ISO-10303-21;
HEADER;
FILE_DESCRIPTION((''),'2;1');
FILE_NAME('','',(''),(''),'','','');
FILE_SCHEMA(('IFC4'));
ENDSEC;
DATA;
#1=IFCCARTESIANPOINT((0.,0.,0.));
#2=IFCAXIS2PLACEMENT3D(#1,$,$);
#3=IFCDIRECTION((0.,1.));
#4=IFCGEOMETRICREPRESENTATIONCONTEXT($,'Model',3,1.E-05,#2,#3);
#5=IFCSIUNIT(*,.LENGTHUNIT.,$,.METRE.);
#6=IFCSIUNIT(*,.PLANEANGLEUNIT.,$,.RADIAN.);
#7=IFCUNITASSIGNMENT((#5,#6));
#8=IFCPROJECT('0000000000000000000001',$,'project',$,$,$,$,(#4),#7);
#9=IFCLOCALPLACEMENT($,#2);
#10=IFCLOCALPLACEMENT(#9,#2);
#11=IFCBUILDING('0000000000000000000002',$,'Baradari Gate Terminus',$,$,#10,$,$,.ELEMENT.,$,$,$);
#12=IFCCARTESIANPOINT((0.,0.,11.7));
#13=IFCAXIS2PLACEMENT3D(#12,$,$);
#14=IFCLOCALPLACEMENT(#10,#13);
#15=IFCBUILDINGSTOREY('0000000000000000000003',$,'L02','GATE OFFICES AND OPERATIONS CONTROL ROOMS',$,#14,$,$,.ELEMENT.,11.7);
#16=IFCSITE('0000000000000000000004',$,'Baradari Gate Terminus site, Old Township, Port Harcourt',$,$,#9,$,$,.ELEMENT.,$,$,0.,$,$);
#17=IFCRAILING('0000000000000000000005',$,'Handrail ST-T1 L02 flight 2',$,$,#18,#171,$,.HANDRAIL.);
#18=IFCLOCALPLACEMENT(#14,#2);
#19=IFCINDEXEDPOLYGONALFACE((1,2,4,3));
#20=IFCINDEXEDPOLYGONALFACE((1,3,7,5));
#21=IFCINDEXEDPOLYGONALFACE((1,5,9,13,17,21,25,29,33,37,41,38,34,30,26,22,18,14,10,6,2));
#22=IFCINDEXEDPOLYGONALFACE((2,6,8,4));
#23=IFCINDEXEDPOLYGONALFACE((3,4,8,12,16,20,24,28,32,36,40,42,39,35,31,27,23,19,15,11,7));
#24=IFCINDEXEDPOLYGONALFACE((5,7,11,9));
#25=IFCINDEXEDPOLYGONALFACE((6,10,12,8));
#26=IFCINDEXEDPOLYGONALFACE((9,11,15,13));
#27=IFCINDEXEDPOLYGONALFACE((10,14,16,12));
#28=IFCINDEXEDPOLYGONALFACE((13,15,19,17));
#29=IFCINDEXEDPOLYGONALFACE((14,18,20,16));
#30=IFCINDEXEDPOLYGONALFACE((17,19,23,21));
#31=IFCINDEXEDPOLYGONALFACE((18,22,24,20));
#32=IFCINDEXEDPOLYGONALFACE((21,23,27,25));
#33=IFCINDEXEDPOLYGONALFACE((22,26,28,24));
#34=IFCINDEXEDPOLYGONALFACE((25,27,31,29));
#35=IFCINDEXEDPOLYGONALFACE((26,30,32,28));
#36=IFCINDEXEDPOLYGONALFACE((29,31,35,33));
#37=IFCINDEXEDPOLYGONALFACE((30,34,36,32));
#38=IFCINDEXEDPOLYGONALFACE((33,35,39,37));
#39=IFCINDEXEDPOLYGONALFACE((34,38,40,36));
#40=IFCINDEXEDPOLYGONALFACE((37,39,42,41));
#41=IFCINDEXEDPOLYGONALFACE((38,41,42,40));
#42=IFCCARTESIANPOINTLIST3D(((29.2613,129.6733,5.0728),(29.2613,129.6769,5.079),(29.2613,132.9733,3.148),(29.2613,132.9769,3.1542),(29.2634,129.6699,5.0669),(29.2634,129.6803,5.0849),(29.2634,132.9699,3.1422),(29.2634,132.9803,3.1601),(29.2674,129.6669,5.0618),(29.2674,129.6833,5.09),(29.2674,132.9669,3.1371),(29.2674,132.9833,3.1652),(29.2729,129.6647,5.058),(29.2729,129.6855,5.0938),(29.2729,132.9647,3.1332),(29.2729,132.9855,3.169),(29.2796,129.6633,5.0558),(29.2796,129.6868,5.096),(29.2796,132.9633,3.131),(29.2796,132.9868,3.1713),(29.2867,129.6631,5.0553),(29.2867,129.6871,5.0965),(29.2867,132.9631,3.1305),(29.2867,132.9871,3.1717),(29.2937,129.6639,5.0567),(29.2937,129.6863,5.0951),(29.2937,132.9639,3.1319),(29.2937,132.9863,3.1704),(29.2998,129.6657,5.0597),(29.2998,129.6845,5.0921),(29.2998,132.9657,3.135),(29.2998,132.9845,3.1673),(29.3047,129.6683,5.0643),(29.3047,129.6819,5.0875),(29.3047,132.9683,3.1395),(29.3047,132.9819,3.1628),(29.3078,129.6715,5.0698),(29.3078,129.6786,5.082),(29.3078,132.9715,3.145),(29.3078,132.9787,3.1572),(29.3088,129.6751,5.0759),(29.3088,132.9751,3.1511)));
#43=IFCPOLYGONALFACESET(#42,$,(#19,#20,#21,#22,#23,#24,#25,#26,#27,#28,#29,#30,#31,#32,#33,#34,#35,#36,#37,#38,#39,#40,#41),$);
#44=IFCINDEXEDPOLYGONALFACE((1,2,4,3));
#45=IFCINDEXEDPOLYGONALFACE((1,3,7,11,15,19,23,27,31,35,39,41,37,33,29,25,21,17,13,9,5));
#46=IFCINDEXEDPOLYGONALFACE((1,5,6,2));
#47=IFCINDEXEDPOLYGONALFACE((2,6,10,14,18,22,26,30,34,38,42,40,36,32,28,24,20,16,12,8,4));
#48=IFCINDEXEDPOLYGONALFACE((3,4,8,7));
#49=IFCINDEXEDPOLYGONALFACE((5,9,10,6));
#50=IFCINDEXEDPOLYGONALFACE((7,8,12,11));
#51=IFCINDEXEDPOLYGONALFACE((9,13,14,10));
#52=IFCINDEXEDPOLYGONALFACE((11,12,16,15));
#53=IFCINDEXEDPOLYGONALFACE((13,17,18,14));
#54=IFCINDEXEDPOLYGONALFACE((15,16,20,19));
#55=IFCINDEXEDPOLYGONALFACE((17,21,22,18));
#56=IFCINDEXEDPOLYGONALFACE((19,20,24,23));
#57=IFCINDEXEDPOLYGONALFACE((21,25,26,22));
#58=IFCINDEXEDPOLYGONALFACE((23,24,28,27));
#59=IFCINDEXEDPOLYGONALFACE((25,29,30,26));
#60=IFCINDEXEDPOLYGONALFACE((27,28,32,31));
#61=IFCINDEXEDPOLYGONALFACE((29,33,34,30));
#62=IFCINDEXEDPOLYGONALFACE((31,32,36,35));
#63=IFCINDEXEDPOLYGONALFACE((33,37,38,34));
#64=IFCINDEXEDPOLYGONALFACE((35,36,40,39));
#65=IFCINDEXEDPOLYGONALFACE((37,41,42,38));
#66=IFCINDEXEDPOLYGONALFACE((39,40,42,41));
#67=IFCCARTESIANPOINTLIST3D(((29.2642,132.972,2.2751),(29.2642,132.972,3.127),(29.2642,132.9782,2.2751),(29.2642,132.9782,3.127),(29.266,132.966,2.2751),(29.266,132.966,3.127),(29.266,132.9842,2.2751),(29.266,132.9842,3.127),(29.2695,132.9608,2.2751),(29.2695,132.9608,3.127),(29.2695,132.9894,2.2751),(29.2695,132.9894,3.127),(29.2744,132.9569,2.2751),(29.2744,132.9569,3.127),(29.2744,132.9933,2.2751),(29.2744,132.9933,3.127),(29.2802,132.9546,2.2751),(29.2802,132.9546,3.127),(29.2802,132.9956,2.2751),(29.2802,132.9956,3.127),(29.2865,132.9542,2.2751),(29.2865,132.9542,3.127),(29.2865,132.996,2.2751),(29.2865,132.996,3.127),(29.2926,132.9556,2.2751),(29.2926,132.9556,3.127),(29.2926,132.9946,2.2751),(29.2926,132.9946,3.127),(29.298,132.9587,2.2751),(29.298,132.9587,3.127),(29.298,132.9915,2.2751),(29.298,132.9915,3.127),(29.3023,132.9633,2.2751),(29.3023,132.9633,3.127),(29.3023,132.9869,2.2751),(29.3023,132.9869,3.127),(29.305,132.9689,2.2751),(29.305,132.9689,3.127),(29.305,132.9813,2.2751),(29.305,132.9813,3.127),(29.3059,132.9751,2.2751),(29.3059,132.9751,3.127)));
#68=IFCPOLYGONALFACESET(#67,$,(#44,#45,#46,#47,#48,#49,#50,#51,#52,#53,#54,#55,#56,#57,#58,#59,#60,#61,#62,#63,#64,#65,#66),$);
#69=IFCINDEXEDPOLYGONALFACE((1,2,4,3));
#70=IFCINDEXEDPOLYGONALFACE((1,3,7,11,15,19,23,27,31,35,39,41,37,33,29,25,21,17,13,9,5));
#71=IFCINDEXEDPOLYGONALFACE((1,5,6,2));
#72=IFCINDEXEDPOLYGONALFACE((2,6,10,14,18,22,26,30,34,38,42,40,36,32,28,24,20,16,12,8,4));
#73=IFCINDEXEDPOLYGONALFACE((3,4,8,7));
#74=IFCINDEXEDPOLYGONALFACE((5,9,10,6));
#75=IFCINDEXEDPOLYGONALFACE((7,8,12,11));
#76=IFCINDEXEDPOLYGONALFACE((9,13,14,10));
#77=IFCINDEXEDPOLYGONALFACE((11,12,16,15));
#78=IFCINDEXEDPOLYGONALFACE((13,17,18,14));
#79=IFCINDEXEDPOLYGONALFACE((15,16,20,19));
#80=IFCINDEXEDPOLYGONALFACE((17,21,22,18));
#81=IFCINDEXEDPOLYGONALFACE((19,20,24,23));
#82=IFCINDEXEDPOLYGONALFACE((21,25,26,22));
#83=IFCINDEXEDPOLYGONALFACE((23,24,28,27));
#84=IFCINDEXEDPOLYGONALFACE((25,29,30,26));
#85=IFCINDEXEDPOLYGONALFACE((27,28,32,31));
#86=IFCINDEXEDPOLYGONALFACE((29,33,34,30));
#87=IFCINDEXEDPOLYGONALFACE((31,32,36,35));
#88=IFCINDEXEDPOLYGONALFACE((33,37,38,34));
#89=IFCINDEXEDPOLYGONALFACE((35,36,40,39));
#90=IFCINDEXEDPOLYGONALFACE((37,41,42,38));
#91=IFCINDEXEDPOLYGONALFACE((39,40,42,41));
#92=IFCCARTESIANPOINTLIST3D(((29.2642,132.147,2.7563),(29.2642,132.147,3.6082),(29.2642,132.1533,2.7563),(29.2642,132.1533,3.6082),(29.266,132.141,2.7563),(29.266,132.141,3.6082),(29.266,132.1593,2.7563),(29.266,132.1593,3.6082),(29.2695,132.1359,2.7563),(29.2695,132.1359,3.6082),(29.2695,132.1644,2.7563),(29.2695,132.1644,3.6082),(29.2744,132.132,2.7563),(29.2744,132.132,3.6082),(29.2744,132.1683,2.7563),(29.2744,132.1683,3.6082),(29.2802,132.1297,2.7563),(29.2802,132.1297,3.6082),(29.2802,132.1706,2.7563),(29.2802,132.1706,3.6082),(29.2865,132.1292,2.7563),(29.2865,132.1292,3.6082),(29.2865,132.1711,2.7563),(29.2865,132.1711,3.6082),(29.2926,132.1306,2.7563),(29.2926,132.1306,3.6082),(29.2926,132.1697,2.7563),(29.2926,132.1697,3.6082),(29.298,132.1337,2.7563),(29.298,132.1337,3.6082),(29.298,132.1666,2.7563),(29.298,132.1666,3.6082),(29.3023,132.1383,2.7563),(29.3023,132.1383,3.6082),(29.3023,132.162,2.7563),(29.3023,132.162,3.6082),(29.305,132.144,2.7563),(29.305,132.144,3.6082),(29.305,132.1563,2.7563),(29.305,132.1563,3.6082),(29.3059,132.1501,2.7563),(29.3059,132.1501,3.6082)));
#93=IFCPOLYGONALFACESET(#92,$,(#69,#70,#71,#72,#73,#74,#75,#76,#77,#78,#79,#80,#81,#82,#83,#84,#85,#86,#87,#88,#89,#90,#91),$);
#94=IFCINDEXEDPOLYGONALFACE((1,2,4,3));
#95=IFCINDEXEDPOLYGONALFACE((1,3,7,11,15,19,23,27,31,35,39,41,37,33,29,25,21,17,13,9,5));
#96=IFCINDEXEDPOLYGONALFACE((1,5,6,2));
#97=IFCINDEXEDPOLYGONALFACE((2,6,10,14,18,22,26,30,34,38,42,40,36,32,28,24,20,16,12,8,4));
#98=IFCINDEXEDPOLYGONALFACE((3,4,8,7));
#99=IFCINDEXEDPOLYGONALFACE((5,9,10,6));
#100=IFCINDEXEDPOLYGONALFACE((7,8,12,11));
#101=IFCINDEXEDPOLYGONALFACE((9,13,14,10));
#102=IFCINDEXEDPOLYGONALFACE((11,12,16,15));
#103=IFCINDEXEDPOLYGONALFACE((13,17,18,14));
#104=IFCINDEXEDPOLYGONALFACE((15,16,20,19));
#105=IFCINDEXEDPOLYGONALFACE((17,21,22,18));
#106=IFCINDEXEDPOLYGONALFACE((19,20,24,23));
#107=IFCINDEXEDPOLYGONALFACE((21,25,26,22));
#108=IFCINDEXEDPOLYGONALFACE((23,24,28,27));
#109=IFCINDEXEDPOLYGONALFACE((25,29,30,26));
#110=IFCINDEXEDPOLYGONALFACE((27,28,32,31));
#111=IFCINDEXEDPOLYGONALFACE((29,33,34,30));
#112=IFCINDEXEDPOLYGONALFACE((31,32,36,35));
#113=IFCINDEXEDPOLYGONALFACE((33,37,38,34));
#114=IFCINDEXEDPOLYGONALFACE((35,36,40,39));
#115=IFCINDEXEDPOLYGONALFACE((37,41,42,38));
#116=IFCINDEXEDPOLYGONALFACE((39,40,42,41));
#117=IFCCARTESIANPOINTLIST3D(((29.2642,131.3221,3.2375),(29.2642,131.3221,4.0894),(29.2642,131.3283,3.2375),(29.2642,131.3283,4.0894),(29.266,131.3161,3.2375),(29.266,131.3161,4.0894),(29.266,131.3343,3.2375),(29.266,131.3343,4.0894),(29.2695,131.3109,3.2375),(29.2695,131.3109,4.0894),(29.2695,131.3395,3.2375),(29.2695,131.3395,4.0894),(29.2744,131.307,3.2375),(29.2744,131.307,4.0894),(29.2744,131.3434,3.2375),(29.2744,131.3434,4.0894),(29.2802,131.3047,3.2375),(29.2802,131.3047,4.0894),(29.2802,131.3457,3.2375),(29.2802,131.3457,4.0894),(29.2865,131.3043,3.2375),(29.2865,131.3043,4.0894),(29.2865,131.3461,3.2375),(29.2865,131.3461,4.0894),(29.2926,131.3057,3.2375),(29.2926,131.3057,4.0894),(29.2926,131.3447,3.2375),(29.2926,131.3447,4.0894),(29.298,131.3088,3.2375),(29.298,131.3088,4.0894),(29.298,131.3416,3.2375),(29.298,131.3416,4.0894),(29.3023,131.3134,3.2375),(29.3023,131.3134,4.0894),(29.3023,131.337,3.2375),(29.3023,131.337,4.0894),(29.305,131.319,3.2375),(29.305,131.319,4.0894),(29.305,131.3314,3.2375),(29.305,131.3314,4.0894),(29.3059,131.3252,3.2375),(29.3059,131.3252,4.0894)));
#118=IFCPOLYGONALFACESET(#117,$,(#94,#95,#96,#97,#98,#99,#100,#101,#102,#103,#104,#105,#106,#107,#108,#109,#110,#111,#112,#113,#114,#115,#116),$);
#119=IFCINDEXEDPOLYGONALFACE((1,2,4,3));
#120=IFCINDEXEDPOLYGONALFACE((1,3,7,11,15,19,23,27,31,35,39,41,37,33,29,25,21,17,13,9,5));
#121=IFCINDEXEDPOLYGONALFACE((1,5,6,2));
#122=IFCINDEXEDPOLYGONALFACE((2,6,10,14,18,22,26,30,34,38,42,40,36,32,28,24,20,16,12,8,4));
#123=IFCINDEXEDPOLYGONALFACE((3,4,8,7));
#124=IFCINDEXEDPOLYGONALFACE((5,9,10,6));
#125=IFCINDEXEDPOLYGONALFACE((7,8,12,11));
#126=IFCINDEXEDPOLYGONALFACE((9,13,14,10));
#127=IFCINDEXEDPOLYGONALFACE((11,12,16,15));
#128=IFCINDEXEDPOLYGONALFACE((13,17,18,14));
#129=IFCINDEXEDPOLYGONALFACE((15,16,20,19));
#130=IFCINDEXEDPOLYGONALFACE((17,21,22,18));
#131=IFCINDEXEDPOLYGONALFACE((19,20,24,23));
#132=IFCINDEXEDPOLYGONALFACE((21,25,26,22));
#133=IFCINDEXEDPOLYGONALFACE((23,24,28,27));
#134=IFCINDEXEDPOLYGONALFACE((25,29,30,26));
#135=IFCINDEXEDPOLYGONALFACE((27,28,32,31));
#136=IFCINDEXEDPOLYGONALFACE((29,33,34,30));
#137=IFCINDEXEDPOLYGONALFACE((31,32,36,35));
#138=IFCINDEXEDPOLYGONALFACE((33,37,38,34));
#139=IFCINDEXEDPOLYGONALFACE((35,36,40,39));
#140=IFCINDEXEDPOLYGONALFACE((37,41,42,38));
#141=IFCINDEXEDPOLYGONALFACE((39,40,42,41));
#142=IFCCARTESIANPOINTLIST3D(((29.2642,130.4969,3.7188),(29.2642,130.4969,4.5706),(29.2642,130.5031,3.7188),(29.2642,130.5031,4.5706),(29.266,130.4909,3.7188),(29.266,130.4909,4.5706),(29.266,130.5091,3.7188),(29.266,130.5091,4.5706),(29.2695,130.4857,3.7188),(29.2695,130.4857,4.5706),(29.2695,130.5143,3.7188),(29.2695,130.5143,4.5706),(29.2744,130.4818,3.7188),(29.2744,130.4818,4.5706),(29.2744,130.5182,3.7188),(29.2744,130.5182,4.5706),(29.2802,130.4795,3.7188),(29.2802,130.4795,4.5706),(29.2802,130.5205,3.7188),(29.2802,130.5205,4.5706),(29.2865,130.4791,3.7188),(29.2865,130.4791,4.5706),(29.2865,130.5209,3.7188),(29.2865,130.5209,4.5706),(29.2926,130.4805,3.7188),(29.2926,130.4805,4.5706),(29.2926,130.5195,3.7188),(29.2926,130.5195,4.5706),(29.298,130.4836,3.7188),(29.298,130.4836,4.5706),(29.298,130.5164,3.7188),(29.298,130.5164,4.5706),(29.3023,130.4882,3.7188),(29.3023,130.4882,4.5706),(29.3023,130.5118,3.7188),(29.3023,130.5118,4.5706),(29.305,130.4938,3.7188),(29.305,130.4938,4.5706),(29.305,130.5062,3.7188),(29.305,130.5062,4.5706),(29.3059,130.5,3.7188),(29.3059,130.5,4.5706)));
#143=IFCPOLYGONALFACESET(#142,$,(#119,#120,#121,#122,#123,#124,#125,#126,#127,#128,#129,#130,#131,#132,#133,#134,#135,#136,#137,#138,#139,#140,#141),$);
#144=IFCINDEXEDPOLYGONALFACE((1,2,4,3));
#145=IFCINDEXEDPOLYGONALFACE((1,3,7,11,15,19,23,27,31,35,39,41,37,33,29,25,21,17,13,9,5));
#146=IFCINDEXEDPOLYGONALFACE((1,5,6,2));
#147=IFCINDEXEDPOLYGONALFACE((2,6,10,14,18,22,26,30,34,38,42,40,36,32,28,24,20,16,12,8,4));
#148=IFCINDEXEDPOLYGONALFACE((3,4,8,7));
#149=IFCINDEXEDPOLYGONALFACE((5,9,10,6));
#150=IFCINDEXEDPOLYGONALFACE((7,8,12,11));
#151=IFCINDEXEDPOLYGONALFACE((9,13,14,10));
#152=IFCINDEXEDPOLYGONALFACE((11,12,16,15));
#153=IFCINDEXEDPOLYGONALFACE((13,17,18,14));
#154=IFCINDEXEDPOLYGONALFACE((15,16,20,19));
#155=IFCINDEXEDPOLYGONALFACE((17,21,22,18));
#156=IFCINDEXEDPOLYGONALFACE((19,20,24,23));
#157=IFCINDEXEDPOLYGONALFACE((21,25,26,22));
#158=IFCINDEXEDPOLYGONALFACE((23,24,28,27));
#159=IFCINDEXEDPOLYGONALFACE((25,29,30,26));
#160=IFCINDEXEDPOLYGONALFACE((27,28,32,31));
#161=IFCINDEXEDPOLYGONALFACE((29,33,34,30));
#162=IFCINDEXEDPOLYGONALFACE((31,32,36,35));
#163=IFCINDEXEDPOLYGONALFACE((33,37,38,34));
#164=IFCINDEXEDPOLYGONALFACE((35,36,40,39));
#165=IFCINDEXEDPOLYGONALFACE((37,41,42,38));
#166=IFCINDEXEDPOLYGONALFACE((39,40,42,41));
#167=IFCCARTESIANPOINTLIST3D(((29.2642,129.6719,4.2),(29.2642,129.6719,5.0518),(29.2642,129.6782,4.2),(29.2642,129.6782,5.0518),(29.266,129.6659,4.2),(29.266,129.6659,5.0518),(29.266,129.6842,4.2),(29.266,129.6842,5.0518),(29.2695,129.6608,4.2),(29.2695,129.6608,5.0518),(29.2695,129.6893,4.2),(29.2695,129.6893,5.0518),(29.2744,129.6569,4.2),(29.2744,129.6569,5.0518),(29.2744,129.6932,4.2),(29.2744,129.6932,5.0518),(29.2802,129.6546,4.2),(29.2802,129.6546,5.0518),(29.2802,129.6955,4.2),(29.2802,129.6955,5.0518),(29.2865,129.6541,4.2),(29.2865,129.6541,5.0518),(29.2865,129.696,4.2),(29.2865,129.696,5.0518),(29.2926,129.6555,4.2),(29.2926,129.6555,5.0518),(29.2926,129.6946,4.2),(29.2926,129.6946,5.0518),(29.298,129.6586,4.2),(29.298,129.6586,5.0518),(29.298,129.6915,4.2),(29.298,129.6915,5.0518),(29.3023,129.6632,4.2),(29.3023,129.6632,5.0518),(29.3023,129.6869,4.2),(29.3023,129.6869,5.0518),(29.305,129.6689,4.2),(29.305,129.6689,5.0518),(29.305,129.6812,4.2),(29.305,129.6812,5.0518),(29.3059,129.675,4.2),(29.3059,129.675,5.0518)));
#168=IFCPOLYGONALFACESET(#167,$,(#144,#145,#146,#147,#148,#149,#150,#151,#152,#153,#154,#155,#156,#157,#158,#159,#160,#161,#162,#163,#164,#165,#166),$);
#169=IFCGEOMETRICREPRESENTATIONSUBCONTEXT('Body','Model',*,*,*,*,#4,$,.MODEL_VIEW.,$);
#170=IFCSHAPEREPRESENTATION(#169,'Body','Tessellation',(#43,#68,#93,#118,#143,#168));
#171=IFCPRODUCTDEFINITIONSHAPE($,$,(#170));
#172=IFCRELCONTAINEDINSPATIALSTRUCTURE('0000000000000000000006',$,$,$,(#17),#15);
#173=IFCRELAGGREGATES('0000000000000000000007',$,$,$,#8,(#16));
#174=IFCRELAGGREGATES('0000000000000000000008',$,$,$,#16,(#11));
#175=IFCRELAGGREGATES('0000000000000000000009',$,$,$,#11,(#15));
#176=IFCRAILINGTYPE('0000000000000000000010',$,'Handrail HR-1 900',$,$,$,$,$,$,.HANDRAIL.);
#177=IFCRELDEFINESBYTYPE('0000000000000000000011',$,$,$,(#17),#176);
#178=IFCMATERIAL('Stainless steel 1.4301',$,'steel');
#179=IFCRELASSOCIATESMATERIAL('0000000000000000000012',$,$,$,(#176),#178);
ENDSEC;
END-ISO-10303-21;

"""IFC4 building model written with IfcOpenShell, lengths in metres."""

from ifc_helpers import new_model, si_unit, direction, frame, origin, origin_2d, place, context, subcontext, project, spatial, circle, extrude, material, type_object, element, save


model = new_model("IFC4")

# Units and contexts
model_context = context("Model", 3, precision=1e-05, world=origin(), true_north=direction((0.0, 1.0)))
body_context = subcontext(model_context, "Body", "Model", "MODEL_VIEW")
ifc_project = project(units=[si_unit("LENGTHUNIT", "METRE"), si_unit("PLANEANGLEUNIT", "RADIAN")], contexts=[model_context])

# Site, building, storey
site_placement = place(None, origin())
site = spatial("IfcSite", under=ifc_project, at=site_placement, Name="Baradari Gate Terminus site, Old Township, Port Harcourt", CompositionType="ELEMENT", RefElevation=0.0)
building_placement = place(site_placement, origin())
building = spatial("IfcBuilding", under=site, at=building_placement, Name="Baradari Gate Terminus", CompositionType="ELEMENT")
storey_placement = place(building_placement, frame((0.0, 0.0, 11.7)))
storey = spatial("IfcBuildingStorey", under=building, at=storey_placement, Name="L02", Description="GATE OFFICES AND OPERATIONS CONTROL ROOMS", CompositionType="ELEMENT", Elevation=11.7)

# Railing
ifc_material_1 = material(Name="Stainless steel 1.4301", Category="steel")
railing_type = type_object("IfcRailingType", Name="Handrail HR-1 900", PredefinedType="HANDRAIL", material=ifc_material_1)
for number, where, name in (
    (1, (29.2849, 132.9751, 2.2751), "Handrail ST-T1 L02 flight 2"),
):
    element("IfcRailing", number, at=place(storey_placement, frame(where)), inside=storey, type_object=railing_type, Name=name, PredefinedType="HANDRAIL", context=body_context, shape_type="SweptSolid", body=[
        extrude(circle(Radius=0.0239, at=origin_2d()), frame((0.0, 0.0, 0.876), z_axis=(0.0, -0.863804, 0.503827), x_axis=(1.0, 0.0, 0.0)), (0.0, 0.0, 1.0), 3.8203),
        extrude(circle(Radius=0.021, at=origin_2d()), origin(), (0.0, 0.0, 1.0), 0.8518),
        extrude(circle(Radius=0.021, at=origin_2d()), frame((0.0, -0.825, 0.4812)), (0.0, 0.0, 1.0), 0.8518),
        extrude(circle(Radius=0.021, at=origin_2d()), frame((0.0, -1.6499, 0.9624)), (0.0, 0.0, 1.0), 0.8518),
        extrude(circle(Radius=0.021, at=origin_2d()), frame((0.0, -2.4751, 1.4436)), (0.0, 0.0, 1.0), 0.8518),
        extrude(circle(Radius=0.021, at=origin_2d()), frame((0.0, -3.3, 1.9248)), (0.0, 0.0, 1.0), 0.8518),
    ])

save(model, "model.ifc")
